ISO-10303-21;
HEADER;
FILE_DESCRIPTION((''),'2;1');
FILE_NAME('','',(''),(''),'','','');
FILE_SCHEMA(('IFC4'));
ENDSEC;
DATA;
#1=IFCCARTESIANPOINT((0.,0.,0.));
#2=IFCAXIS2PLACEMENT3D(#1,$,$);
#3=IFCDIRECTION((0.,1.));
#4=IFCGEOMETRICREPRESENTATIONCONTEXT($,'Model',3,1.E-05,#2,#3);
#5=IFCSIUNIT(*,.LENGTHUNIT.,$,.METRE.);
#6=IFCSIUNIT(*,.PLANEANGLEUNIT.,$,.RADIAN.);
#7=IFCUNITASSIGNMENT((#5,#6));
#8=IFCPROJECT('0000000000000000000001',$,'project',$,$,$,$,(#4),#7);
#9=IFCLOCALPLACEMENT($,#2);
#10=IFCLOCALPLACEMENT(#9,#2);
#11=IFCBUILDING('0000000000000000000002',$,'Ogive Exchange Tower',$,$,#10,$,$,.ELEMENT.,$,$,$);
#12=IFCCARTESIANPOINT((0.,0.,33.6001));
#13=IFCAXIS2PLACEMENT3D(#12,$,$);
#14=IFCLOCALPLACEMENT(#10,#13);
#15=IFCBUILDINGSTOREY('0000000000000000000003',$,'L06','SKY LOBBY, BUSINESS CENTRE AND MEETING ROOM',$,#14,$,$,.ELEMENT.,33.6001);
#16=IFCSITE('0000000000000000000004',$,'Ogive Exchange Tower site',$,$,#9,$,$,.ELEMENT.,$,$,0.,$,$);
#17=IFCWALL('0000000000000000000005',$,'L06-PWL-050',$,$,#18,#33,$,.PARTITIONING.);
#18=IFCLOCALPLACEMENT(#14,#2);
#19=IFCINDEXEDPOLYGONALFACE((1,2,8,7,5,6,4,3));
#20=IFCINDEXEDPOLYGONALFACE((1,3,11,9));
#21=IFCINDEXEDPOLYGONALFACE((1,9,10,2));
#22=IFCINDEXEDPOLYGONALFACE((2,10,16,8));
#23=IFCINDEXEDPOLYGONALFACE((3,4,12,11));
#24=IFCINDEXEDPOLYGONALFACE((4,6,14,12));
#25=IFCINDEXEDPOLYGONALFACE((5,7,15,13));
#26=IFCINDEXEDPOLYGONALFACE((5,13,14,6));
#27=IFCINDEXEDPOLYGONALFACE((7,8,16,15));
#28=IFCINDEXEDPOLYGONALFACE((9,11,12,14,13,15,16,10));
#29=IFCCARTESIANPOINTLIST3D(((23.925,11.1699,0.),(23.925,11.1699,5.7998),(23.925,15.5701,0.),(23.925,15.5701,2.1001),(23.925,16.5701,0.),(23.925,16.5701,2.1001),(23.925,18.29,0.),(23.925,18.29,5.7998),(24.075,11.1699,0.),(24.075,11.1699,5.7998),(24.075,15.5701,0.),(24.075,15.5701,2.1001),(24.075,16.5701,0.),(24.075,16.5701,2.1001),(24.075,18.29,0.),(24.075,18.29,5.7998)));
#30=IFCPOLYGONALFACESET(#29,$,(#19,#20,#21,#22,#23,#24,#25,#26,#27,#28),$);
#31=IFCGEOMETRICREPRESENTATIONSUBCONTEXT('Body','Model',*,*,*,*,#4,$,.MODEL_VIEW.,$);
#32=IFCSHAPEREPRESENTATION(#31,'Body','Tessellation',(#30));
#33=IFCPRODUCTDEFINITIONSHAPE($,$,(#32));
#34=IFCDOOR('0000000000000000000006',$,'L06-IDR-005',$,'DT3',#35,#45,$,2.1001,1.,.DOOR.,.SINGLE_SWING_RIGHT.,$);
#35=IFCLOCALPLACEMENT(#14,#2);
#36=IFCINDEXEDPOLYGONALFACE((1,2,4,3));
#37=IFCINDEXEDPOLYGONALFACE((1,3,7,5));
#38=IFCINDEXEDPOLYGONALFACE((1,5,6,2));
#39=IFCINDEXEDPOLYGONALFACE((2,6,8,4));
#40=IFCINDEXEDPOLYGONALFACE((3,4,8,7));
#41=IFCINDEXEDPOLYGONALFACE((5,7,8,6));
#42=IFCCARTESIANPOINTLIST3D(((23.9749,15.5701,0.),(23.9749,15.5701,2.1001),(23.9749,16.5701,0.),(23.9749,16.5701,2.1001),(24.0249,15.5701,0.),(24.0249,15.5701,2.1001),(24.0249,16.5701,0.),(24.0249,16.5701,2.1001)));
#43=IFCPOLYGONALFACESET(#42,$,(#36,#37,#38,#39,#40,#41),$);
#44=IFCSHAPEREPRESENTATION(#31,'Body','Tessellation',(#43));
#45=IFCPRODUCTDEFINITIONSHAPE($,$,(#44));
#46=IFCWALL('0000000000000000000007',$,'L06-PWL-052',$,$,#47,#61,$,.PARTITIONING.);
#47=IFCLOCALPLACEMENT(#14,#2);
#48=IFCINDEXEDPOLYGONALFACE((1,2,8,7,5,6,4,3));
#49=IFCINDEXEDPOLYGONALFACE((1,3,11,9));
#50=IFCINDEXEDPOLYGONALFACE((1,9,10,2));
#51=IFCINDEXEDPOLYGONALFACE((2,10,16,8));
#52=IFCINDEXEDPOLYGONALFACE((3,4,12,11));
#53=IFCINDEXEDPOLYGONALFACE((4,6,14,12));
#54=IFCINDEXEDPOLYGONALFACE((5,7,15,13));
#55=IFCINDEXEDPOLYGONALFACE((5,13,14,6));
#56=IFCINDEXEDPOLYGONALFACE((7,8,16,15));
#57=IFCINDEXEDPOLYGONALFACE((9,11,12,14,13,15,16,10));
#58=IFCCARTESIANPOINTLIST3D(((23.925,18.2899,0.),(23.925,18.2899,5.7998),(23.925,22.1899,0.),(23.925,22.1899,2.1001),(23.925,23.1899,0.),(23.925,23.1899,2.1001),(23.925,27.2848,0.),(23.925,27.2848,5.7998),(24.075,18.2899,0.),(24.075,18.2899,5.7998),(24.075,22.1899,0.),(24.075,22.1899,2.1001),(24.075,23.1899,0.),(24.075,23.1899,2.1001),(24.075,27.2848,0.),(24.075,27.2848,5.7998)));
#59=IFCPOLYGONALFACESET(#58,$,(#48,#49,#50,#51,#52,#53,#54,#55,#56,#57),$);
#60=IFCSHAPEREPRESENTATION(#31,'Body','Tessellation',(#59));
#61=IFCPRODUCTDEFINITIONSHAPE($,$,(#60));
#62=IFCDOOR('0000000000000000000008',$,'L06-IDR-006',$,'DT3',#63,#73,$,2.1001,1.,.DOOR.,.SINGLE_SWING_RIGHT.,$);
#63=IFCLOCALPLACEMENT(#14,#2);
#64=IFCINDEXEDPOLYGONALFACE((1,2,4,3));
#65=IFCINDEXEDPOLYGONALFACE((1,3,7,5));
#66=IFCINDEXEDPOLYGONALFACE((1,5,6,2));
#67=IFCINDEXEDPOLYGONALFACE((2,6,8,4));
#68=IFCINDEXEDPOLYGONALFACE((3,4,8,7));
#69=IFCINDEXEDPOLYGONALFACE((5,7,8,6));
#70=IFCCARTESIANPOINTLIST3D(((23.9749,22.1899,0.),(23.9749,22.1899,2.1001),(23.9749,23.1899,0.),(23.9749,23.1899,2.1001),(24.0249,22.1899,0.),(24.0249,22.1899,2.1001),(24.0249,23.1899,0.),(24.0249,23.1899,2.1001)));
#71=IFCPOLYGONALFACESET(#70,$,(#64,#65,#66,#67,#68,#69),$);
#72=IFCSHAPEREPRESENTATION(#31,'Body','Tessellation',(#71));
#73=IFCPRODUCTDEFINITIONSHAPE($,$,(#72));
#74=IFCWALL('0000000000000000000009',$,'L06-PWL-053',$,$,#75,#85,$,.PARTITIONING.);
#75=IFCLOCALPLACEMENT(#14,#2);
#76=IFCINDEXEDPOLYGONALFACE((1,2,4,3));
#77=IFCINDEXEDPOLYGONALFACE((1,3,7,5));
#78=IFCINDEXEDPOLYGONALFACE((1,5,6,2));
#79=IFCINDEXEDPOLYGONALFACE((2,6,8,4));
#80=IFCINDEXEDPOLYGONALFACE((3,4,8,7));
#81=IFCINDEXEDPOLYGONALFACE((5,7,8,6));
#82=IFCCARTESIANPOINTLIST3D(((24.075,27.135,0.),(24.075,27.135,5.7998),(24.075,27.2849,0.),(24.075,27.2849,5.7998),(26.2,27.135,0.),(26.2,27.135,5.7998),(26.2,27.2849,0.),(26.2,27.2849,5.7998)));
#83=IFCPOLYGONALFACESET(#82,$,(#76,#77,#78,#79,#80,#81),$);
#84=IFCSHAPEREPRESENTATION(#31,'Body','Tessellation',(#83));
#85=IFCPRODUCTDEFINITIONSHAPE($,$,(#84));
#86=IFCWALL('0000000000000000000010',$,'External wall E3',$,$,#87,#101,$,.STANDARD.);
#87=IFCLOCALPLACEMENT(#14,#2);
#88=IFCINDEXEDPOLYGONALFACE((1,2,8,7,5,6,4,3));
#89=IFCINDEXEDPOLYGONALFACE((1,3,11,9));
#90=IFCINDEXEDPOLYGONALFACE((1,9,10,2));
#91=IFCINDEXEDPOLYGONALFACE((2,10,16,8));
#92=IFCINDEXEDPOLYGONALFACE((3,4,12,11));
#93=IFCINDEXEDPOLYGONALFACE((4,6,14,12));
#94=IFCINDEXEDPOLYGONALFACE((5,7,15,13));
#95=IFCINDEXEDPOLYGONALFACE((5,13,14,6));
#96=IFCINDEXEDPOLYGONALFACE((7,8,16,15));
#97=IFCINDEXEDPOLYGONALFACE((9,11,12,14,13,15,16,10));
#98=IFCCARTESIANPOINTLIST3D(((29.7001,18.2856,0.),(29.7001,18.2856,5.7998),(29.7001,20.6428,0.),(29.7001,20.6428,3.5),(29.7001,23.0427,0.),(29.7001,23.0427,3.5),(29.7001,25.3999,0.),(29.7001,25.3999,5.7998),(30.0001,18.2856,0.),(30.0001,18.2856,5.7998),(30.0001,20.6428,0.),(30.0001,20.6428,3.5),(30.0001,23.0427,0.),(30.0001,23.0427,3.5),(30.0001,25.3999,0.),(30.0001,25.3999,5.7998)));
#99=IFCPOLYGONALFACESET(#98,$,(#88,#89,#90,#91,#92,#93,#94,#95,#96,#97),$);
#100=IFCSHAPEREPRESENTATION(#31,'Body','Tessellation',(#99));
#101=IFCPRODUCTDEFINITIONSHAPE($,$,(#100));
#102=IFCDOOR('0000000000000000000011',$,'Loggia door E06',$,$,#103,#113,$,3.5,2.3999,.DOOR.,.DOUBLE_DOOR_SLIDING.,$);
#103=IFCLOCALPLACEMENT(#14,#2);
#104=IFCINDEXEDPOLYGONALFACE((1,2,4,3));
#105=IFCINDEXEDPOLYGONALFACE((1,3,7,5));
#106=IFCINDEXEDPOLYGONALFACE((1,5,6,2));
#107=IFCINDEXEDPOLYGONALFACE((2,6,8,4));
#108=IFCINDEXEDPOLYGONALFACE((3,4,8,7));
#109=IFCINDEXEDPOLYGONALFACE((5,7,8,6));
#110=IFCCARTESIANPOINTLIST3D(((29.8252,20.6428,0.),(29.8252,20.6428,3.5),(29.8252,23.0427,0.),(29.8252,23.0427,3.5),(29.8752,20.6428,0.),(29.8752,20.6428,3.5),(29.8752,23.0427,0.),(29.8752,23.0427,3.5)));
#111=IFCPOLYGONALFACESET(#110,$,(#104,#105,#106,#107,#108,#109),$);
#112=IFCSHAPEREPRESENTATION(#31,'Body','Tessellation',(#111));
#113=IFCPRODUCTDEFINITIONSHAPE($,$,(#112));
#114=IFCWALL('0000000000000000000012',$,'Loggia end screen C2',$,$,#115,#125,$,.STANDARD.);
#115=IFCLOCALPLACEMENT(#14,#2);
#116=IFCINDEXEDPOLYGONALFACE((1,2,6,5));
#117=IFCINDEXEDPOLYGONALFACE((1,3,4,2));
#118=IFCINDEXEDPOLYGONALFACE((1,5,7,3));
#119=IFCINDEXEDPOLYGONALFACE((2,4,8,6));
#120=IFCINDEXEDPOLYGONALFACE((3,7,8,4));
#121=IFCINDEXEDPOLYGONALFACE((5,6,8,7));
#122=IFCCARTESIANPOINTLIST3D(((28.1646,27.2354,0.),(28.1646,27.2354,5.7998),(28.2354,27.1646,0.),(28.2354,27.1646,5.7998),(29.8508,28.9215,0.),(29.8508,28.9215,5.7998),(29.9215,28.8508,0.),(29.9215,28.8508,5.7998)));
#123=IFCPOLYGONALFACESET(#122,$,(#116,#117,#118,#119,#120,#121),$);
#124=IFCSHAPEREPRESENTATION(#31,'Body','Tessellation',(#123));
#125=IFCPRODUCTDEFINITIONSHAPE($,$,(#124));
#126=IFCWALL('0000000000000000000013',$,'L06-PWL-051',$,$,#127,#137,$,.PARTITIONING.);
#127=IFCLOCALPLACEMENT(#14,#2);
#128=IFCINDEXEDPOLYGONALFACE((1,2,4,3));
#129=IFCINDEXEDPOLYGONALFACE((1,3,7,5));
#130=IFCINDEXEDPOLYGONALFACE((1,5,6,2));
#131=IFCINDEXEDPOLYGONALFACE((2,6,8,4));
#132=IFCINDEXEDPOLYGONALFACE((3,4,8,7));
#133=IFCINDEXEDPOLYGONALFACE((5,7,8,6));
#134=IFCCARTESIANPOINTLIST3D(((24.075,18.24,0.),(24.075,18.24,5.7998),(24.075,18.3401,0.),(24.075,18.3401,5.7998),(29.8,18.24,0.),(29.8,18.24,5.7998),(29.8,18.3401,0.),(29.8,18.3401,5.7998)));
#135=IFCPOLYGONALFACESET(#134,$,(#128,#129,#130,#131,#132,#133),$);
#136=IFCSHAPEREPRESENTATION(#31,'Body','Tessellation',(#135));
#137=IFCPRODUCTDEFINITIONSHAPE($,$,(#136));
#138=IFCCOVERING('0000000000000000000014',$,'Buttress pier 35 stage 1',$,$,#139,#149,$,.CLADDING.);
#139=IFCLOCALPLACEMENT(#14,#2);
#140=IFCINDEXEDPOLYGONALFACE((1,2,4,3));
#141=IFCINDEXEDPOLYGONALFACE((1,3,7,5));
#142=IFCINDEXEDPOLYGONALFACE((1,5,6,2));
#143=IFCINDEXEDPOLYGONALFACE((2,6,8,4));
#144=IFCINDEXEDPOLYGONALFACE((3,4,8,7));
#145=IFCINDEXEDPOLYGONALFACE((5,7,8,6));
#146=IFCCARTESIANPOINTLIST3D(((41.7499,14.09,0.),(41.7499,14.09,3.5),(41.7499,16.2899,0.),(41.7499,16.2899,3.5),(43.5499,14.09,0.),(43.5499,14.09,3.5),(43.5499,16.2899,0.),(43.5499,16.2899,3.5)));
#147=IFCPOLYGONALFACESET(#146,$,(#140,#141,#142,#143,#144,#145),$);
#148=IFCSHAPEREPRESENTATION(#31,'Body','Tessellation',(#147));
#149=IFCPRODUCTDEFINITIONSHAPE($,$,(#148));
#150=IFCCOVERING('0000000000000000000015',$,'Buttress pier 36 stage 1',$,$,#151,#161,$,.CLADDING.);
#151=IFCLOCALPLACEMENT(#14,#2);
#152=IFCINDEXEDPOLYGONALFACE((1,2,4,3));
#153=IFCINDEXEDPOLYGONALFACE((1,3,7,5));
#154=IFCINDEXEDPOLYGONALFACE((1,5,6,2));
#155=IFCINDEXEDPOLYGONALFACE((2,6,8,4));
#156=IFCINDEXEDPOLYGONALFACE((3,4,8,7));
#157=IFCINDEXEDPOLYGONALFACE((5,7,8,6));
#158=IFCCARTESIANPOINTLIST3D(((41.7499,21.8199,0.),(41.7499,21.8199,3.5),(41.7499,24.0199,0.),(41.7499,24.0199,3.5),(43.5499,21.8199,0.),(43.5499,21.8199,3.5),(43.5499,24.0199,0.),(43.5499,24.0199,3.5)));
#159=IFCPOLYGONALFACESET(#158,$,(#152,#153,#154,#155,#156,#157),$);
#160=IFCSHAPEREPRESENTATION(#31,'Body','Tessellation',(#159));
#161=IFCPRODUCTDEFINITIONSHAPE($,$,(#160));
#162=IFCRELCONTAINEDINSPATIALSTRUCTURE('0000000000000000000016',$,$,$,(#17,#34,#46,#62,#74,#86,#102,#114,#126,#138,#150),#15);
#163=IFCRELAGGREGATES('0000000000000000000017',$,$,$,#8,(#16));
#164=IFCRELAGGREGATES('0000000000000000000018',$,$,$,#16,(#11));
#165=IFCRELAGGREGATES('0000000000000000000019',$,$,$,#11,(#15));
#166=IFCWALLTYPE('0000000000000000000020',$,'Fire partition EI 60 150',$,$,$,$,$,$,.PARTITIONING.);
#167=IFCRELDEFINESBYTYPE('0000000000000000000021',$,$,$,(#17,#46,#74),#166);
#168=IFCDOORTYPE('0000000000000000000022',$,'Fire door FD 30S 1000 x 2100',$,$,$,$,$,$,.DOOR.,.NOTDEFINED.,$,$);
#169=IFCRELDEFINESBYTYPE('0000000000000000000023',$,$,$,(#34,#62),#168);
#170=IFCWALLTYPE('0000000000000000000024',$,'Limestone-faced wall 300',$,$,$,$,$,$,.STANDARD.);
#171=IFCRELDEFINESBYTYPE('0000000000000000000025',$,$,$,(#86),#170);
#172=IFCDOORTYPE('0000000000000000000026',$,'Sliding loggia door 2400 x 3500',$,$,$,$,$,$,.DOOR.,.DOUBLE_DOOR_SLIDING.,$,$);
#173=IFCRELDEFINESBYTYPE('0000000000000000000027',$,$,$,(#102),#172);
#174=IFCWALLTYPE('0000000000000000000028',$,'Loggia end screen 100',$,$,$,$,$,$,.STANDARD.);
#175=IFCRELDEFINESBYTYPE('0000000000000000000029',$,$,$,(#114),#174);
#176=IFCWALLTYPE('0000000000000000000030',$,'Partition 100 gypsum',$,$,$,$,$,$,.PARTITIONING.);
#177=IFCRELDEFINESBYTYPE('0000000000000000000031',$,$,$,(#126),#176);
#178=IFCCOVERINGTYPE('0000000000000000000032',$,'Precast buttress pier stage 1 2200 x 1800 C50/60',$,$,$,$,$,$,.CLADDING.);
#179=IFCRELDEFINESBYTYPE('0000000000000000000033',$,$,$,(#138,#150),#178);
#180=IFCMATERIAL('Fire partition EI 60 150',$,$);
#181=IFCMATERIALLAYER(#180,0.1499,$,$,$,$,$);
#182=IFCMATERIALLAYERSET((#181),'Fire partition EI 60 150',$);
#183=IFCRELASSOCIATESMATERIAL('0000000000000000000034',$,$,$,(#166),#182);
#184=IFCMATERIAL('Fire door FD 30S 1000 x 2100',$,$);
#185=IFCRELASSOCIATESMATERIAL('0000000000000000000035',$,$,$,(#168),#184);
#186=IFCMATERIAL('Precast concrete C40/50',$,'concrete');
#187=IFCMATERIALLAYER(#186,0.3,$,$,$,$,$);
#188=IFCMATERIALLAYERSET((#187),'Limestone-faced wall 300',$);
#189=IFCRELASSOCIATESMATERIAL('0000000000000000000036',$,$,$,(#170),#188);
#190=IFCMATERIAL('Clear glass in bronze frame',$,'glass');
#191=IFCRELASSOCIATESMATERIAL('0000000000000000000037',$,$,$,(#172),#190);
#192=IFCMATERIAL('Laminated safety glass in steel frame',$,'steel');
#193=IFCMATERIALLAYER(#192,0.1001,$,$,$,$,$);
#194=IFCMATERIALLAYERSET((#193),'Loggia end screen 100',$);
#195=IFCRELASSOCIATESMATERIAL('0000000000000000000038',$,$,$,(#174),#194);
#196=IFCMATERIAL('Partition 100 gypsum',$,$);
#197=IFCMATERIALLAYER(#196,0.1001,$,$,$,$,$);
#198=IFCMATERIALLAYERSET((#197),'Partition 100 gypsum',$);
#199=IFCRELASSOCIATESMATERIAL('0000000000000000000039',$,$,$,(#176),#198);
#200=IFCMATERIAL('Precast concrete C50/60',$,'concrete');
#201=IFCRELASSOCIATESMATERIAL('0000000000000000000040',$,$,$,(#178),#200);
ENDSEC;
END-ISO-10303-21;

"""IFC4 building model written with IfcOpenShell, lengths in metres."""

from ifc_helpers import new_model, si_unit, direction, frame, frame_2d, origin, origin_2d, place, context, subcontext, project, spatial, rectangle, extrude, material, layer, layer_set, material_profile, profile_set, type_object, element, fill, save


model = new_model("IFC4")

# Units and contexts
model_context = context("Model", 3, precision=1e-05, world=origin(), true_north=direction((0.0, 1.0)))
body_context = subcontext(model_context, "Body", "Model", "MODEL_VIEW")
ifc_project = project(units=[si_unit("LENGTHUNIT", "METRE"), si_unit("PLANEANGLEUNIT", "RADIAN")], contexts=[model_context])

# Site, building, storey
site_placement = place(None, origin())
site = spatial("IfcSite", under=ifc_project, at=site_placement, Name="Ogive Exchange Tower site", CompositionType="ELEMENT", RefElevation=0.0)
building_placement = place(site_placement, origin())
building = spatial("IfcBuilding", under=site, at=building_placement, Name="Ogive Exchange Tower", CompositionType="ELEMENT")
storey_placement = place(building_placement, frame((0.0, 0.0, 33.6001)))
storey = spatial("IfcBuildingStorey", under=building, at=storey_placement, Name="L06", Description="SKY LOBBY, BUSINESS CENTRE AND MEETING ROOM", CompositionType="ELEMENT", Elevation=33.6001)

# Walls, openings, doors
ifc_material_1 = material(Name="Fire partition EI 60 150")
ifc_layer_1 = layer(ifc_material_1, 0.1499)
ifc_layer_set_1 = layer_set([ifc_layer_1], Name="Fire partition EI 60 150")
wall_type_1 = type_object("IfcWallType", Name="Fire partition EI 60 150", PredefinedType="PARTITIONING", material=ifc_layer_set_1)
wall_1_placement = place(storey_placement, frame((24.0, 18.29, 0.0), z_axis=(0.0, 0.0, 1.0), x_axis=(0.0, -1.0, 0.0)))
wall_1 = element("IfcWall", 1, at=wall_1_placement, inside=storey, type_object=wall_type_1, Name="L06-PWL-050", PredefinedType="PARTITIONING", context=body_context, shape_type="SweptSolid", body=[
    extrude(rectangle(XDim=7.1201, YDim=0.1499, at=frame_2d((3.5601, 0.0))), origin(), (0.0, 0.0, 1.0), 5.7998),
])
opening_1_placement = place(wall_1_placement, frame((1.72, 0.0, 0.0)))
opening_1 = element("IfcOpeningElement", 2, at=opening_1_placement, cuts=wall_1, PredefinedType="OPENING", context=body_context, shape_type="SweptSolid", body=[
    extrude(rectangle(XDim=1.0, YDim=2.1001, at=frame_2d((0.5, 1.05))), frame((0.0, 0.085, 0.0), z_axis=(0.0, -1.0, 0.0), x_axis=(1.0, 0.0, 0.0)), (0.0, 0.0, 1.0), 0.1699),
])
ifc_material_2 = material(Name="Fire door FD 30S 1000 x 2100")
door_type_1 = type_object("IfcDoorType", Name="Fire door FD 30S 1000 x 2100", OperationType="NOTDEFINED", PredefinedType="DOOR", material=ifc_material_2)
door_1_placement = place(opening_1_placement, origin())
door_1 = element("IfcDoor", 3, at=door_1_placement, inside=storey, type_object=door_type_1, Name="L06-IDR-005", ObjectType="DT3", OperationType="SINGLE_SWING_RIGHT", OverallHeight=2.1001, OverallWidth=1.0, PredefinedType="DOOR", context=body_context, shape_type="SweptSolid", body=[
    extrude(rectangle(XDim=1.0, YDim=2.1001, at=frame_2d((0.5, 1.05))), frame((0.0, 0.0249, 0.0), z_axis=(0.0, -1.0, 0.0), x_axis=(1.0, 0.0, 0.0)), (0.0, 0.0, 1.0), 0.05),
])
fill(opening_1, door_1)
wall_2_placement = place(storey_placement, frame((24.0, 27.2849, 0.0), z_axis=(0.0, 0.0, 1.0), x_axis=(0.0, -1.0, 0.0)))
wall_2 = element("IfcWall", 4, at=wall_2_placement, inside=storey, type_object=wall_type_1, Name="L06-PWL-052", PredefinedType="PARTITIONING", context=body_context, shape_type="SweptSolid", body=[
    extrude(rectangle(XDim=8.9949, YDim=0.1499, at=frame_2d((4.4976, 0.0))), origin(), (0.0, 0.0, 1.0), 5.7998),
])
opening_2_placement = place(wall_2_placement, frame((4.095, 0.0, 0.0)))
opening_2 = element("IfcOpeningElement", 5, at=opening_2_placement, cuts=wall_2, PredefinedType="OPENING", context=body_context, shape_type="SweptSolid", body=[
    extrude(rectangle(XDim=1.0, YDim=2.1001, at=frame_2d((0.5, 1.05))), frame((0.0, 0.085, 0.0), z_axis=(0.0, -1.0, 0.0), x_axis=(1.0, 0.0, 0.0)), (0.0, 0.0, 1.0), 0.1699),
])
door_2_placement = place(opening_2_placement, origin())
door_2 = element("IfcDoor", 6, at=door_2_placement, inside=storey, type_object=door_type_1, Name="L06-IDR-006", ObjectType="DT3", OperationType="SINGLE_SWING_RIGHT", OverallHeight=2.1001, OverallWidth=1.0, PredefinedType="DOOR", context=body_context, shape_type="SweptSolid", body=[
    extrude(rectangle(XDim=1.0, YDim=2.1001, at=frame_2d((0.5, 1.05))), frame((0.0, 0.0249, 0.0), z_axis=(0.0, -1.0, 0.0), x_axis=(1.0, 0.0, 0.0)), (0.0, 0.0, 1.0), 0.05),
])
fill(opening_2, door_2)

# Wall
wall_3_placement = place(storey_placement, frame((26.2, 27.21, 0.0), z_axis=(0.0, 0.0, 1.0), x_axis=(-1.0, 0.0, 0.0)))
element("IfcWall", 7, at=wall_3_placement, inside=storey, type_object=wall_type_1, Name="L06-PWL-053", PredefinedType="PARTITIONING", context=body_context, shape_type="SweptSolid", body=[
    extrude(rectangle(XDim=2.125, YDim=0.1499, at=frame_2d((1.0625, 0.0))), origin(), (0.0, 0.0, 1.0), 5.7998),
])

# Wall, opening, door
ifc_material_3 = material(Name="Precast concrete C40/50", Category="concrete")
ifc_layer_2 = layer(ifc_material_3, 0.3)
ifc_layer_set_2 = layer_set([ifc_layer_2], Name="Limestone-faced wall 300")
wall_type_2 = type_object("IfcWallType", Name="Limestone-faced wall 300", PredefinedType="STANDARD", material=ifc_layer_set_2)
wall_4_placement = place(storey_placement, frame((29.8501, 18.2856, 0.0), z_axis=(0.0, 0.0, 1.0), x_axis=(0.0, 1.0, 0.0)))
wall_4 = element("IfcWall", 8, at=wall_4_placement, inside=storey, type_object=wall_type_2, Name="External wall E3", PredefinedType="STANDARD", context=body_context, shape_type="SweptSolid", body=[
    extrude(rectangle(XDim=7.1143, YDim=0.3, at=frame_2d((3.5571, 0.0))), origin(), (0.0, 0.0, 1.0), 5.7998),
])
opening_3_placement = place(wall_4_placement, frame((2.3572, 0.0, 0.0)))
opening_3 = element("IfcOpeningElement", 9, at=opening_3_placement, cuts=wall_4, PredefinedType="OPENING", context=body_context, shape_type="SweptSolid", body=[
    extrude(rectangle(XDim=2.3999, YDim=3.5, at=frame_2d((1.2, 1.75))), frame((0.0, 0.1599, 0.0), z_axis=(0.0, -1.0, 0.0), x_axis=(1.0, 0.0, 0.0)), (0.0, 0.0, 1.0), 0.3201),
])
ifc_material_4 = material(Name="Clear glass in bronze frame", Category="glass")
door_type_2 = type_object("IfcDoorType", Name="Sliding loggia door 2400 x 3500", OperationType="DOUBLE_DOOR_SLIDING", PredefinedType="DOOR", material=ifc_material_4)
door_3_placement = place(opening_3_placement, origin())
door_3 = element("IfcDoor", 10, at=door_3_placement, inside=storey, type_object=door_type_2, Name="Loggia door E06", OperationType="DOUBLE_DOOR_SLIDING", OverallHeight=3.5, OverallWidth=2.3999, PredefinedType="DOOR", context=body_context, shape_type="SweptSolid", body=[
    extrude(rectangle(XDim=2.3999, YDim=3.5, at=frame_2d((1.2, 1.75))), frame((0.0, 0.0249, 0.0), z_axis=(0.0, -1.0, 0.0), x_axis=(1.0, 0.0, 0.0)), (0.0, 0.0, 1.0), 0.05),
])
fill(opening_3, door_3)

# Walls
ifc_material_5 = material(Name="Laminated safety glass in steel frame", Category="steel")
ifc_layer_3 = layer(ifc_material_5, 0.1001)
ifc_layer_set_3 = layer_set([ifc_layer_3], Name="Loggia end screen 100")
wall_type_3 = type_object("IfcWallType", Name="Loggia end screen 100", PredefinedType="STANDARD", material=ifc_layer_set_3)
wall_5_placement = place(storey_placement, frame((28.2, 27.2, 0.0), z_axis=(0.0, 0.0, 1.0), x_axis=(0.707107, 0.707107, 0.0)))
element("IfcWall", 11, at=wall_5_placement, inside=storey, type_object=wall_type_3, Name="Loggia end screen C2", PredefinedType="STANDARD", context=body_context, shape_type="SweptSolid", body=[
    extrude(rectangle(XDim=2.3845, YDim=0.1001, at=frame_2d((1.1924, 0.0))), origin(), (0.0, 0.0, 1.0), 5.7998),
])
ifc_material_6 = material(Name="Partition 100 gypsum")
ifc_layer_4 = layer(ifc_material_6, 0.1001)
ifc_layer_set_4 = layer_set([ifc_layer_4], Name="Partition 100 gypsum")
wall_type_4 = type_object("IfcWallType", Name="Partition 100 gypsum", PredefinedType="PARTITIONING", material=ifc_layer_set_4)
wall_6_placement = place(storey_placement, frame((24.075, 18.29, 0.0), z_axis=(0.0, 0.0, 1.0), x_axis=(1.0, 0.0, 0.0)))
element("IfcWall", 12, at=wall_6_placement, inside=storey, type_object=wall_type_4, Name="L06-PWL-051", PredefinedType="PARTITIONING", context=body_context, shape_type="SweptSolid", body=[
    extrude(rectangle(XDim=5.7251, YDim=0.1001, at=frame_2d((2.8625, 0.0))), origin(), (0.0, 0.0, 1.0), 5.7998),
])

# Coverings
ifc_material_7 = material(Name="Precast concrete C50/60", Category="concrete")
ifc_material_profile_1 = material_profile(ifc_material_7, rectangle(XDim=2.2, YDim=1.8, at=origin_2d()), Name="BUTTRESS PIER 1 2200 x 1800")
ifc_profile_set_1 = profile_set([ifc_material_profile_1], Name="Precast concrete C50/60")
covering_type_1 = type_object("IfcCoveringType", Name="Precast buttress pier stage 1 2200 x 1800 C50/60", PredefinedType="CLADDING", material=ifc_profile_set_1)
for number, where, z_axis, x_axis, name in (
    (13, (42.6499, 15.1899, 0.0), (0.0, 0.0, 1.0), (0.0, 1.0, 0.0), "Buttress pier 35 stage 1"),
    (14, (42.6499, 22.9199, 0.0), (0.0, 0.0, 1.0), (0.0, 1.0, 0.0), "Buttress pier 36 stage 1"),
):
    element("IfcCovering", number, at=place(storey_placement, frame(where, z_axis=z_axis, x_axis=x_axis)), inside=storey, type_object=covering_type_1, Name=name, PredefinedType="CLADDING", context=body_context, shape_type="SweptSolid", body=[
        extrude(rectangle(XDim=2.2, YDim=1.8, at=origin_2d()), origin(), (0.0, 0.0, 1.0), 3.5),
    ])

save(model, "model.ifc")
